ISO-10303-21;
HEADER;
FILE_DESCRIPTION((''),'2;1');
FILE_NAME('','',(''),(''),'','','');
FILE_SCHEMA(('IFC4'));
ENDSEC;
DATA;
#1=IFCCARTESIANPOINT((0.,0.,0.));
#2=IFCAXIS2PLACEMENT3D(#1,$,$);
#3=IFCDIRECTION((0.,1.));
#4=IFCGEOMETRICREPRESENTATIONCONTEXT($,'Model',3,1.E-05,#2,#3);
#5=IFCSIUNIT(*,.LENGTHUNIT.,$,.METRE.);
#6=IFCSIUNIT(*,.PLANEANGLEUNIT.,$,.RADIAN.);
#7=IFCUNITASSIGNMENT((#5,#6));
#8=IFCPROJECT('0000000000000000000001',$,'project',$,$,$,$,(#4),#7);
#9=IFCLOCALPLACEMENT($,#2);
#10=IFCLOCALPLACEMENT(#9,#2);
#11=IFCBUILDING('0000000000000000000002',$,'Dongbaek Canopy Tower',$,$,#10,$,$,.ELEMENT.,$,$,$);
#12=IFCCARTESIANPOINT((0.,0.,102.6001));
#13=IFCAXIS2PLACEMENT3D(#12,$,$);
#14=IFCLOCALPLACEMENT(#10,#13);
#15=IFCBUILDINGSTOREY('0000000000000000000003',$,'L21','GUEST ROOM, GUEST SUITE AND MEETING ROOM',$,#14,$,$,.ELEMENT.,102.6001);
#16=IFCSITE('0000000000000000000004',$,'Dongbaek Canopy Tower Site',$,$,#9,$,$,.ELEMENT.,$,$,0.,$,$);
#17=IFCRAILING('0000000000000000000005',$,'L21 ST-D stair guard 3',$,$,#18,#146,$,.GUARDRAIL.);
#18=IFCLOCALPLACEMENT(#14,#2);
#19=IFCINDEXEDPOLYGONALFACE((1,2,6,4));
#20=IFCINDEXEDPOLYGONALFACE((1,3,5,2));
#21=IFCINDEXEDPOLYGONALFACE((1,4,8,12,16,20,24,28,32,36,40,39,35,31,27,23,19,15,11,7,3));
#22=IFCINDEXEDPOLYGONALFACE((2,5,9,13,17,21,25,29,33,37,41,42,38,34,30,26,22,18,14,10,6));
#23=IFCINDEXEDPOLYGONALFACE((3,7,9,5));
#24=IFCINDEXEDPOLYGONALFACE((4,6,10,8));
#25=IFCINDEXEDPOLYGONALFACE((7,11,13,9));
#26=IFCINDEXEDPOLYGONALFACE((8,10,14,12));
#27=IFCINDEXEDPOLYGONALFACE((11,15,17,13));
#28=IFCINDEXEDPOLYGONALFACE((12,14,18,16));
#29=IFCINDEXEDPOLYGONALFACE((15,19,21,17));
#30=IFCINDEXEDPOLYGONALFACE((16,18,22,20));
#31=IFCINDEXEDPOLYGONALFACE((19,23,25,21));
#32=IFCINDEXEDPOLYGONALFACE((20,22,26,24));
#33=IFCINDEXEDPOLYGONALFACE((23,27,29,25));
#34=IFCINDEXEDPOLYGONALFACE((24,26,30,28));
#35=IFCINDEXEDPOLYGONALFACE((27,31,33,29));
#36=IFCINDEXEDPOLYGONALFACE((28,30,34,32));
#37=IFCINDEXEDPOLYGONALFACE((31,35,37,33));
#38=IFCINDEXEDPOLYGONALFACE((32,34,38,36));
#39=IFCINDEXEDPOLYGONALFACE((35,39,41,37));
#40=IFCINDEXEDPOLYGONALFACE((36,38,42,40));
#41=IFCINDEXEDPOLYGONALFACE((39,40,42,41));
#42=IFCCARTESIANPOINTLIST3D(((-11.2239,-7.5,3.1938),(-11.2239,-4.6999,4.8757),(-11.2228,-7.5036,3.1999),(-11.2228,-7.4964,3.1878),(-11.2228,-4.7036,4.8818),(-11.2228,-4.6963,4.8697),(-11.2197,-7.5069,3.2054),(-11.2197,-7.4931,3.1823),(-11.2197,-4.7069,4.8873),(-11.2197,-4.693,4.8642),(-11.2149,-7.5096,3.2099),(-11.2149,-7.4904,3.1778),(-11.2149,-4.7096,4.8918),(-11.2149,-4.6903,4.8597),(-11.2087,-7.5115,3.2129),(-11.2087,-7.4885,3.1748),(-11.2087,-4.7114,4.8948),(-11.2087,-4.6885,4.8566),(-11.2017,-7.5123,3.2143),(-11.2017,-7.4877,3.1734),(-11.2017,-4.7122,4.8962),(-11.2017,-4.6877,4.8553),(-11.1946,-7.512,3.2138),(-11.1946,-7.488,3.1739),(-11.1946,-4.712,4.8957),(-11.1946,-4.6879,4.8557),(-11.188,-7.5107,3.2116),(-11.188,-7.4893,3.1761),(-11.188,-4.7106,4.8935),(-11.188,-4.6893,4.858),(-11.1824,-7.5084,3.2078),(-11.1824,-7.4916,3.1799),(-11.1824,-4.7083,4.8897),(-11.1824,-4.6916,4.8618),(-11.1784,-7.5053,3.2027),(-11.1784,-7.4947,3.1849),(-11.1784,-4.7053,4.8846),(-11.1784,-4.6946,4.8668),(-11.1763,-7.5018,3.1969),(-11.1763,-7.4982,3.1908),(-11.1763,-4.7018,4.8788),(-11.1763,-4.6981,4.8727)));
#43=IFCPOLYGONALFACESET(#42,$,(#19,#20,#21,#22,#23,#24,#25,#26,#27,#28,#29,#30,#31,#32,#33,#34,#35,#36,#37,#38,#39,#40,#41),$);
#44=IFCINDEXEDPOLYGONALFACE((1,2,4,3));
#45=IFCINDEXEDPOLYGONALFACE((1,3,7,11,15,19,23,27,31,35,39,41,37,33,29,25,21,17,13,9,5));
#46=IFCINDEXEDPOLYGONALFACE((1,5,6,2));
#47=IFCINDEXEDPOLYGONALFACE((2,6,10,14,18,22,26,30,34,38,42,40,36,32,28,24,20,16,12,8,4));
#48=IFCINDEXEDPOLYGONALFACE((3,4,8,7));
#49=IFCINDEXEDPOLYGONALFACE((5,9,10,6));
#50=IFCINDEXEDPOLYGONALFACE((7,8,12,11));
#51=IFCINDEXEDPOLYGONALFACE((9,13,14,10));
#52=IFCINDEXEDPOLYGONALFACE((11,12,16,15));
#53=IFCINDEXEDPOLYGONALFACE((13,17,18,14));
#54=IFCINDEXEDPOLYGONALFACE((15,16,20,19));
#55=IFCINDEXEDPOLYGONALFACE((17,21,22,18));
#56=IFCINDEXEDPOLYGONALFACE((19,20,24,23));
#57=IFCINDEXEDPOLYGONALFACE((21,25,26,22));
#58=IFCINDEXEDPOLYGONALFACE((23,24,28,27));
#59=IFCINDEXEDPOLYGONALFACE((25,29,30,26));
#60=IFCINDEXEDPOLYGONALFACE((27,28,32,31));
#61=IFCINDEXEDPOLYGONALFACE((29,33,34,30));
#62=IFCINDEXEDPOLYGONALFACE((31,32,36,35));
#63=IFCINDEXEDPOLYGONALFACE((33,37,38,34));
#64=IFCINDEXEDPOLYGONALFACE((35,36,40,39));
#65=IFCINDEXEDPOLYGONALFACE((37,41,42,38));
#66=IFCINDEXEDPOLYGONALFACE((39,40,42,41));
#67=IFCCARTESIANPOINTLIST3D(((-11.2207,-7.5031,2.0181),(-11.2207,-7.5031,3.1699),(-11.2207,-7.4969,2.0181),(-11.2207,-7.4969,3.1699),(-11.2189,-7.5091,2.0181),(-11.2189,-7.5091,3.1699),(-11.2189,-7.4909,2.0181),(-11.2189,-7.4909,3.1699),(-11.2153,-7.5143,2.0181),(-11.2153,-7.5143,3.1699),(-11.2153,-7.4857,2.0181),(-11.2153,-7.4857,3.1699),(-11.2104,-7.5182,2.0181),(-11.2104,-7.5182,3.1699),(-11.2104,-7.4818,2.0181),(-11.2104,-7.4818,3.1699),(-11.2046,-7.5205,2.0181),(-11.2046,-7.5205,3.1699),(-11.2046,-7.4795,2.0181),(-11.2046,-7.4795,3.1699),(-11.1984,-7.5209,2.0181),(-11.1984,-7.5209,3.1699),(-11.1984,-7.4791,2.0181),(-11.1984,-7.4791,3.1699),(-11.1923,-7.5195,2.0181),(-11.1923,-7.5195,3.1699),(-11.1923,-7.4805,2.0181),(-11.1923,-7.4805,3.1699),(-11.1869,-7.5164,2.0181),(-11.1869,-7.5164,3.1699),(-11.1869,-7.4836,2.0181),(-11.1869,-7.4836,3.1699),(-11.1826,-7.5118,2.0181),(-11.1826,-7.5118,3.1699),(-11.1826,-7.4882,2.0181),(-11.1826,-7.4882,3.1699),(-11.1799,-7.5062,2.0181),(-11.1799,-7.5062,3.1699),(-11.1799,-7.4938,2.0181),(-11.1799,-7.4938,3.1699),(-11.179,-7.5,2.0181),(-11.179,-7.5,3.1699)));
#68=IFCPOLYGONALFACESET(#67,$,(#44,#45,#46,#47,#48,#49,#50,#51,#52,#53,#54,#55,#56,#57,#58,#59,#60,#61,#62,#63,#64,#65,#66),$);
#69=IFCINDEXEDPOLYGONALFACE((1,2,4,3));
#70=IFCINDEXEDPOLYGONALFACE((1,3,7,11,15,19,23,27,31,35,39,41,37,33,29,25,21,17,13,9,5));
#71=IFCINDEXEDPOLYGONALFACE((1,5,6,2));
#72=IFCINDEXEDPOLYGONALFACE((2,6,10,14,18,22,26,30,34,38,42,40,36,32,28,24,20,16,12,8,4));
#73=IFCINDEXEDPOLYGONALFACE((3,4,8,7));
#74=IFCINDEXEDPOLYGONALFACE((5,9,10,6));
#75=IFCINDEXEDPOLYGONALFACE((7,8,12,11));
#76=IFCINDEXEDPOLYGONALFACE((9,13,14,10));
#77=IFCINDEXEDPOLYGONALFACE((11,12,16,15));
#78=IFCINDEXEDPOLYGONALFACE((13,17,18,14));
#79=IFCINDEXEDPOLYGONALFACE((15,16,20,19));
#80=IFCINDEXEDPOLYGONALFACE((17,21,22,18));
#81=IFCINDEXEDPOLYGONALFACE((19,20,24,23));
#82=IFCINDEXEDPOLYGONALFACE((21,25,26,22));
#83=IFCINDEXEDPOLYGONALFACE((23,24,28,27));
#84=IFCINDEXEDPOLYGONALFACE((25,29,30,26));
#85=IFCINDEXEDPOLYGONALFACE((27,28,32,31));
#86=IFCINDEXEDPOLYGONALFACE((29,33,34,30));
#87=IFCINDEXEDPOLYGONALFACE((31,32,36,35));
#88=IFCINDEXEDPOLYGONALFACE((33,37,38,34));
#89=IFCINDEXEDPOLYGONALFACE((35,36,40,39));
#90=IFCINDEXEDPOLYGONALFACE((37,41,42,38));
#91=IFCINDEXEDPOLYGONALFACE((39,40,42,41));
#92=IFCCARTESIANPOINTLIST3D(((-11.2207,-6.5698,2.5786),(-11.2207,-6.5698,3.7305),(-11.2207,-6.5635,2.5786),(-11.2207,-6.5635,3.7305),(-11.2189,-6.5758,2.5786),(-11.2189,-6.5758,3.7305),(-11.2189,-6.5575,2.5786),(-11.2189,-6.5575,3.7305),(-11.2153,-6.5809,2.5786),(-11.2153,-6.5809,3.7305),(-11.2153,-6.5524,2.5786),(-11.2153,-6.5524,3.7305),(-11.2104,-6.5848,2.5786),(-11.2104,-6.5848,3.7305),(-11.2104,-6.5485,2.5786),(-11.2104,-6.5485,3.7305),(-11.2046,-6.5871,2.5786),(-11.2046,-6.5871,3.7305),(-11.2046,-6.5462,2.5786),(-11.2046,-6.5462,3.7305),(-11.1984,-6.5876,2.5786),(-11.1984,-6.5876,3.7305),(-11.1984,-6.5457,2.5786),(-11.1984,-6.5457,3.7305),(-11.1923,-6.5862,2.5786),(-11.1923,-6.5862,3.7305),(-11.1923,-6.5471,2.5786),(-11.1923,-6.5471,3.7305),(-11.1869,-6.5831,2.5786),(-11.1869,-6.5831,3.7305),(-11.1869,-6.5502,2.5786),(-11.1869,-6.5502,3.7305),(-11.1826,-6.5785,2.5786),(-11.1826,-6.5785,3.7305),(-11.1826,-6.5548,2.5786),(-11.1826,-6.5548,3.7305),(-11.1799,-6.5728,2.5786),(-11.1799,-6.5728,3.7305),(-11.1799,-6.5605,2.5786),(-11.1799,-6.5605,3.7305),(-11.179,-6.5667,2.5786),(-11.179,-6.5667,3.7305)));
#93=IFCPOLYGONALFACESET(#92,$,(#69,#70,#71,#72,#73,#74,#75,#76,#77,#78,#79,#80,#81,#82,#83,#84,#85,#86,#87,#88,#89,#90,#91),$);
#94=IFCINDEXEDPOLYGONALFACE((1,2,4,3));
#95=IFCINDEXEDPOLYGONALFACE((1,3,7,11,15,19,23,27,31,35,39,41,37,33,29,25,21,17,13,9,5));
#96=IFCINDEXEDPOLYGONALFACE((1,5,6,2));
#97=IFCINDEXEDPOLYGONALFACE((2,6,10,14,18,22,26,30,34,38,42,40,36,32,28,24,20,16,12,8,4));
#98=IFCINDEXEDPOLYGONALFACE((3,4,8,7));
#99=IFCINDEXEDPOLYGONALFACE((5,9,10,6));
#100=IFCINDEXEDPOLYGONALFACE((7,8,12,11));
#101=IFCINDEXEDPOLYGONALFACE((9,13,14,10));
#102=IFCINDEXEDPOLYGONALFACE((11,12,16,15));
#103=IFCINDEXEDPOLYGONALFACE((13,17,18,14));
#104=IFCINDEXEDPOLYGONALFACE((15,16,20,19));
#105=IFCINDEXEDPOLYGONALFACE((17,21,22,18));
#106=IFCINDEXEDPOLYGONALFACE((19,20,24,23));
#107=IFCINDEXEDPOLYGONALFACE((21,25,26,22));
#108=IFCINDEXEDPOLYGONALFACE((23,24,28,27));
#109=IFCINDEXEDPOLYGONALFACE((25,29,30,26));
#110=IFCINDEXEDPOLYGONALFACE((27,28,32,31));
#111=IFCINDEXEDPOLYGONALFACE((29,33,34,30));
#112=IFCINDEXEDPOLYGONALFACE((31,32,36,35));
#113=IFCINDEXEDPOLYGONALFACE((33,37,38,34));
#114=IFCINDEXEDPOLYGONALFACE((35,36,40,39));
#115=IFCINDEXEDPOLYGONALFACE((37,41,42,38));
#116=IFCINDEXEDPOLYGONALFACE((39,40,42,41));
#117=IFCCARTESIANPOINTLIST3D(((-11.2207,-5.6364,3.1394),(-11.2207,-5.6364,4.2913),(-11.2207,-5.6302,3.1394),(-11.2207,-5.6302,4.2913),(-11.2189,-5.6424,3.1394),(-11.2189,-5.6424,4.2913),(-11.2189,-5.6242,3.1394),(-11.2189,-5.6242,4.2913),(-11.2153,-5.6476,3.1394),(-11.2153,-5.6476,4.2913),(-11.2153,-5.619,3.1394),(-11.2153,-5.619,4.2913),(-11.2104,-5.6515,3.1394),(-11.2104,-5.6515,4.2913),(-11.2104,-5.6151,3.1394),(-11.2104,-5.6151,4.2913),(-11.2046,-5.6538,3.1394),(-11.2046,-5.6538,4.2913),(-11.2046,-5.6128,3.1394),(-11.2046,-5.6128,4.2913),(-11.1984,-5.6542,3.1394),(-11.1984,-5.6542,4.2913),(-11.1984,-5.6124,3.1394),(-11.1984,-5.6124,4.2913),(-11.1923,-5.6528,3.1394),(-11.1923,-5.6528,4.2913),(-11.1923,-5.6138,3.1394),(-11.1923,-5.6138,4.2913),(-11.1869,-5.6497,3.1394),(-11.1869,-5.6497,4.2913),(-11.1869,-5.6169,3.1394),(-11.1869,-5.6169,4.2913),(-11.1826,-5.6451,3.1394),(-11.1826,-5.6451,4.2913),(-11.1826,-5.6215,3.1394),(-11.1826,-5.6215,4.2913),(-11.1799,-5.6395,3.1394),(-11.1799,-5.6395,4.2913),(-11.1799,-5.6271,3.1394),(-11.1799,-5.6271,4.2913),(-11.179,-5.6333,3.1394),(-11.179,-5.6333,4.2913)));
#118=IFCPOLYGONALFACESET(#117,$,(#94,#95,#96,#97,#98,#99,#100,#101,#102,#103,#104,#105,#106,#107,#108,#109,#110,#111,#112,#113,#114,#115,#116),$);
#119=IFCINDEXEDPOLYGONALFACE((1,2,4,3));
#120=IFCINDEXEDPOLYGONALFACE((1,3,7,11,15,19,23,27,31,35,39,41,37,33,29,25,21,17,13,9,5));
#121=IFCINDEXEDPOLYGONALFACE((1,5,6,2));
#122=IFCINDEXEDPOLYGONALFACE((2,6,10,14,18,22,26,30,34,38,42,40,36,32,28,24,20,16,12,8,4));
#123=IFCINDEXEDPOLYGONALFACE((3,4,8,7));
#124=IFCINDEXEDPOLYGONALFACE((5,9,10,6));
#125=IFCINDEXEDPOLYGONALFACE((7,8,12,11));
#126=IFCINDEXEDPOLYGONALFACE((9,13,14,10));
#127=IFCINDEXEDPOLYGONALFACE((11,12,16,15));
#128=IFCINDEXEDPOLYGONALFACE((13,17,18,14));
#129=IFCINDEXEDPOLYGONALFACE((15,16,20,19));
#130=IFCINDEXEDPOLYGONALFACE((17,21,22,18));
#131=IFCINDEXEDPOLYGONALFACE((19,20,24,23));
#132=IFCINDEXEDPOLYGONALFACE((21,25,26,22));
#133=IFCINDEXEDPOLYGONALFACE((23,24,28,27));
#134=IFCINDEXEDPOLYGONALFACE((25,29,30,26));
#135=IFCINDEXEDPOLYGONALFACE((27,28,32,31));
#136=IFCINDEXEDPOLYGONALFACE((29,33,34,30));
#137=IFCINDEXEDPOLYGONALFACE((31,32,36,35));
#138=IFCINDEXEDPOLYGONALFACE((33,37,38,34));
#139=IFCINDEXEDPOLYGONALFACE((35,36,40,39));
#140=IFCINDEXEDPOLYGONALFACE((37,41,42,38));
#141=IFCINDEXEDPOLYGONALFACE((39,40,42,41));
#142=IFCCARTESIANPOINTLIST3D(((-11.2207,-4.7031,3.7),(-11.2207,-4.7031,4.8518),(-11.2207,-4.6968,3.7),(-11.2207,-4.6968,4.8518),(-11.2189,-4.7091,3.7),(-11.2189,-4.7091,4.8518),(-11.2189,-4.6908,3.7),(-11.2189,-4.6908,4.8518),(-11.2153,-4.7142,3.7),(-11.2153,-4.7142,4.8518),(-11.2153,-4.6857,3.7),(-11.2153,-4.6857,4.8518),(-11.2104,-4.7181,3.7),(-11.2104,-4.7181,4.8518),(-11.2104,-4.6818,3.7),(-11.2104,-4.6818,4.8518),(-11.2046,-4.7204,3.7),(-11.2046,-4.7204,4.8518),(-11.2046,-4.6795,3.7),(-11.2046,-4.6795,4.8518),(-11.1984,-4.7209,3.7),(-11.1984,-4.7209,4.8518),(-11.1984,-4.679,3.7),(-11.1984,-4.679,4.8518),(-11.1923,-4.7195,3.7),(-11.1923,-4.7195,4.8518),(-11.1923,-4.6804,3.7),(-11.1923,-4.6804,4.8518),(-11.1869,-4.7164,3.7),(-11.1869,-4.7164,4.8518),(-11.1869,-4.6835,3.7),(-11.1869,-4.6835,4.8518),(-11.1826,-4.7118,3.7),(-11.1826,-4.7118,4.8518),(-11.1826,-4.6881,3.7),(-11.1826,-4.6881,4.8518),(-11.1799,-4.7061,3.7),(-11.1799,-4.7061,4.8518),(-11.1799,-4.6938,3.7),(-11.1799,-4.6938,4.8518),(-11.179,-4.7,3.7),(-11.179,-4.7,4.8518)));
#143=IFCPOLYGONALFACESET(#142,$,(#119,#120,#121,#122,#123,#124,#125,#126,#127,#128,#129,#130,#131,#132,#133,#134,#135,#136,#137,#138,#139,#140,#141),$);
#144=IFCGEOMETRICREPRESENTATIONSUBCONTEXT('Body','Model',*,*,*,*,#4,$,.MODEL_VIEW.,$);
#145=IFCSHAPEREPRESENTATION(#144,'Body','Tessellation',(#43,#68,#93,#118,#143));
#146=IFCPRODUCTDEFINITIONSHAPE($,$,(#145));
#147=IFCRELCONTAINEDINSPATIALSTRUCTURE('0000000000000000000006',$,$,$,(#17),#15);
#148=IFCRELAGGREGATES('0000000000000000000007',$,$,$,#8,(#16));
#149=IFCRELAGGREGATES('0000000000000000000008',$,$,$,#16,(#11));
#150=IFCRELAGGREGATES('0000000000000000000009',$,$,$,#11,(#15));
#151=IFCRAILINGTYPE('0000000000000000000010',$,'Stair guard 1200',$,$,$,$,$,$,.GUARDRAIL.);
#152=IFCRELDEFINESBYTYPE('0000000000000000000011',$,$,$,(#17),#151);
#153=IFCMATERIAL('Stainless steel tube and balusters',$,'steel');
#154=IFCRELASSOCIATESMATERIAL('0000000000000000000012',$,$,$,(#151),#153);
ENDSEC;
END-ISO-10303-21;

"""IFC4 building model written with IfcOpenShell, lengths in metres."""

from ifc_helpers import new_model, si_unit, direction, frame, origin, origin_2d, place, context, subcontext, project, spatial, circle, extrude, material, type_object, element, save


model = new_model("IFC4")

# Units and contexts
model_context = context("Model", 3, precision=1e-05, world=origin(), true_north=direction((0.0, 1.0)))
body_context = subcontext(model_context, "Body", "Model", "MODEL_VIEW")
ifc_project = project(units=[si_unit("LENGTHUNIT", "METRE"), si_unit("PLANEANGLEUNIT", "RADIAN")], contexts=[model_context])

# Site, building, storey
site_placement = place(None, origin())
site = spatial("IfcSite", under=ifc_project, at=site_placement, Name="Dongbaek Canopy Tower Site", CompositionType="ELEMENT", RefElevation=0.0)
building_placement = place(site_placement, origin())
building = spatial("IfcBuilding", under=site, at=building_placement, Name="Dongbaek Canopy Tower", CompositionType="ELEMENT")
storey_placement = place(building_placement, frame((0.0, 0.0, 102.6001)))
storey = spatial("IfcBuildingStorey", under=building, at=storey_placement, Name="L21", Description="GUEST ROOM, GUEST SUITE AND MEETING ROOM", CompositionType="ELEMENT", Elevation=102.6001)

# Railing
ifc_material_1 = material(Name="Stainless steel tube and balusters", Category="steel")
railing_type_1 = type_object("IfcRailingType", Name="Stair guard 1200", PredefinedType="GUARDRAIL", material=ifc_material_1)
railing_1_placement = place(storey_placement, frame((-11.2, -7.5, 2.0181)))
element("IfcRailing", 1, at=railing_1_placement, inside=storey, type_object=railing_type_1, Name="L21 ST-D stair guard 3", PredefinedType="GUARDRAIL", context=body_context, shape_type="SweptSolid", body=[
    extrude(circle(Radius=0.0239, at=origin_2d()), frame((0.0, 0.0, 1.1758), z_axis=(0.0, 0.857242, 0.514913), x_axis=(-1.0, 0.0, 0.0)), (0.0, 0.0, 1.0), 3.2664),
    extrude(circle(Radius=0.021, at=origin_2d()), origin(), (0.0, 0.0, 1.0), 1.1519),
    extrude(circle(Radius=0.021, at=origin_2d()), frame((0.0, 0.9333, 0.5605)), (0.0, 0.0, 1.0), 1.1519),
    extrude(circle(Radius=0.021, at=origin_2d()), frame((0.0, 1.8667, 1.1213)), (0.0, 0.0, 1.0), 1.1519),
    extrude(circle(Radius=0.021, at=origin_2d()), frame((0.0, 2.8, 1.6819)), (0.0, 0.0, 1.0), 1.1519),
])

save(model, "model.ifc")
